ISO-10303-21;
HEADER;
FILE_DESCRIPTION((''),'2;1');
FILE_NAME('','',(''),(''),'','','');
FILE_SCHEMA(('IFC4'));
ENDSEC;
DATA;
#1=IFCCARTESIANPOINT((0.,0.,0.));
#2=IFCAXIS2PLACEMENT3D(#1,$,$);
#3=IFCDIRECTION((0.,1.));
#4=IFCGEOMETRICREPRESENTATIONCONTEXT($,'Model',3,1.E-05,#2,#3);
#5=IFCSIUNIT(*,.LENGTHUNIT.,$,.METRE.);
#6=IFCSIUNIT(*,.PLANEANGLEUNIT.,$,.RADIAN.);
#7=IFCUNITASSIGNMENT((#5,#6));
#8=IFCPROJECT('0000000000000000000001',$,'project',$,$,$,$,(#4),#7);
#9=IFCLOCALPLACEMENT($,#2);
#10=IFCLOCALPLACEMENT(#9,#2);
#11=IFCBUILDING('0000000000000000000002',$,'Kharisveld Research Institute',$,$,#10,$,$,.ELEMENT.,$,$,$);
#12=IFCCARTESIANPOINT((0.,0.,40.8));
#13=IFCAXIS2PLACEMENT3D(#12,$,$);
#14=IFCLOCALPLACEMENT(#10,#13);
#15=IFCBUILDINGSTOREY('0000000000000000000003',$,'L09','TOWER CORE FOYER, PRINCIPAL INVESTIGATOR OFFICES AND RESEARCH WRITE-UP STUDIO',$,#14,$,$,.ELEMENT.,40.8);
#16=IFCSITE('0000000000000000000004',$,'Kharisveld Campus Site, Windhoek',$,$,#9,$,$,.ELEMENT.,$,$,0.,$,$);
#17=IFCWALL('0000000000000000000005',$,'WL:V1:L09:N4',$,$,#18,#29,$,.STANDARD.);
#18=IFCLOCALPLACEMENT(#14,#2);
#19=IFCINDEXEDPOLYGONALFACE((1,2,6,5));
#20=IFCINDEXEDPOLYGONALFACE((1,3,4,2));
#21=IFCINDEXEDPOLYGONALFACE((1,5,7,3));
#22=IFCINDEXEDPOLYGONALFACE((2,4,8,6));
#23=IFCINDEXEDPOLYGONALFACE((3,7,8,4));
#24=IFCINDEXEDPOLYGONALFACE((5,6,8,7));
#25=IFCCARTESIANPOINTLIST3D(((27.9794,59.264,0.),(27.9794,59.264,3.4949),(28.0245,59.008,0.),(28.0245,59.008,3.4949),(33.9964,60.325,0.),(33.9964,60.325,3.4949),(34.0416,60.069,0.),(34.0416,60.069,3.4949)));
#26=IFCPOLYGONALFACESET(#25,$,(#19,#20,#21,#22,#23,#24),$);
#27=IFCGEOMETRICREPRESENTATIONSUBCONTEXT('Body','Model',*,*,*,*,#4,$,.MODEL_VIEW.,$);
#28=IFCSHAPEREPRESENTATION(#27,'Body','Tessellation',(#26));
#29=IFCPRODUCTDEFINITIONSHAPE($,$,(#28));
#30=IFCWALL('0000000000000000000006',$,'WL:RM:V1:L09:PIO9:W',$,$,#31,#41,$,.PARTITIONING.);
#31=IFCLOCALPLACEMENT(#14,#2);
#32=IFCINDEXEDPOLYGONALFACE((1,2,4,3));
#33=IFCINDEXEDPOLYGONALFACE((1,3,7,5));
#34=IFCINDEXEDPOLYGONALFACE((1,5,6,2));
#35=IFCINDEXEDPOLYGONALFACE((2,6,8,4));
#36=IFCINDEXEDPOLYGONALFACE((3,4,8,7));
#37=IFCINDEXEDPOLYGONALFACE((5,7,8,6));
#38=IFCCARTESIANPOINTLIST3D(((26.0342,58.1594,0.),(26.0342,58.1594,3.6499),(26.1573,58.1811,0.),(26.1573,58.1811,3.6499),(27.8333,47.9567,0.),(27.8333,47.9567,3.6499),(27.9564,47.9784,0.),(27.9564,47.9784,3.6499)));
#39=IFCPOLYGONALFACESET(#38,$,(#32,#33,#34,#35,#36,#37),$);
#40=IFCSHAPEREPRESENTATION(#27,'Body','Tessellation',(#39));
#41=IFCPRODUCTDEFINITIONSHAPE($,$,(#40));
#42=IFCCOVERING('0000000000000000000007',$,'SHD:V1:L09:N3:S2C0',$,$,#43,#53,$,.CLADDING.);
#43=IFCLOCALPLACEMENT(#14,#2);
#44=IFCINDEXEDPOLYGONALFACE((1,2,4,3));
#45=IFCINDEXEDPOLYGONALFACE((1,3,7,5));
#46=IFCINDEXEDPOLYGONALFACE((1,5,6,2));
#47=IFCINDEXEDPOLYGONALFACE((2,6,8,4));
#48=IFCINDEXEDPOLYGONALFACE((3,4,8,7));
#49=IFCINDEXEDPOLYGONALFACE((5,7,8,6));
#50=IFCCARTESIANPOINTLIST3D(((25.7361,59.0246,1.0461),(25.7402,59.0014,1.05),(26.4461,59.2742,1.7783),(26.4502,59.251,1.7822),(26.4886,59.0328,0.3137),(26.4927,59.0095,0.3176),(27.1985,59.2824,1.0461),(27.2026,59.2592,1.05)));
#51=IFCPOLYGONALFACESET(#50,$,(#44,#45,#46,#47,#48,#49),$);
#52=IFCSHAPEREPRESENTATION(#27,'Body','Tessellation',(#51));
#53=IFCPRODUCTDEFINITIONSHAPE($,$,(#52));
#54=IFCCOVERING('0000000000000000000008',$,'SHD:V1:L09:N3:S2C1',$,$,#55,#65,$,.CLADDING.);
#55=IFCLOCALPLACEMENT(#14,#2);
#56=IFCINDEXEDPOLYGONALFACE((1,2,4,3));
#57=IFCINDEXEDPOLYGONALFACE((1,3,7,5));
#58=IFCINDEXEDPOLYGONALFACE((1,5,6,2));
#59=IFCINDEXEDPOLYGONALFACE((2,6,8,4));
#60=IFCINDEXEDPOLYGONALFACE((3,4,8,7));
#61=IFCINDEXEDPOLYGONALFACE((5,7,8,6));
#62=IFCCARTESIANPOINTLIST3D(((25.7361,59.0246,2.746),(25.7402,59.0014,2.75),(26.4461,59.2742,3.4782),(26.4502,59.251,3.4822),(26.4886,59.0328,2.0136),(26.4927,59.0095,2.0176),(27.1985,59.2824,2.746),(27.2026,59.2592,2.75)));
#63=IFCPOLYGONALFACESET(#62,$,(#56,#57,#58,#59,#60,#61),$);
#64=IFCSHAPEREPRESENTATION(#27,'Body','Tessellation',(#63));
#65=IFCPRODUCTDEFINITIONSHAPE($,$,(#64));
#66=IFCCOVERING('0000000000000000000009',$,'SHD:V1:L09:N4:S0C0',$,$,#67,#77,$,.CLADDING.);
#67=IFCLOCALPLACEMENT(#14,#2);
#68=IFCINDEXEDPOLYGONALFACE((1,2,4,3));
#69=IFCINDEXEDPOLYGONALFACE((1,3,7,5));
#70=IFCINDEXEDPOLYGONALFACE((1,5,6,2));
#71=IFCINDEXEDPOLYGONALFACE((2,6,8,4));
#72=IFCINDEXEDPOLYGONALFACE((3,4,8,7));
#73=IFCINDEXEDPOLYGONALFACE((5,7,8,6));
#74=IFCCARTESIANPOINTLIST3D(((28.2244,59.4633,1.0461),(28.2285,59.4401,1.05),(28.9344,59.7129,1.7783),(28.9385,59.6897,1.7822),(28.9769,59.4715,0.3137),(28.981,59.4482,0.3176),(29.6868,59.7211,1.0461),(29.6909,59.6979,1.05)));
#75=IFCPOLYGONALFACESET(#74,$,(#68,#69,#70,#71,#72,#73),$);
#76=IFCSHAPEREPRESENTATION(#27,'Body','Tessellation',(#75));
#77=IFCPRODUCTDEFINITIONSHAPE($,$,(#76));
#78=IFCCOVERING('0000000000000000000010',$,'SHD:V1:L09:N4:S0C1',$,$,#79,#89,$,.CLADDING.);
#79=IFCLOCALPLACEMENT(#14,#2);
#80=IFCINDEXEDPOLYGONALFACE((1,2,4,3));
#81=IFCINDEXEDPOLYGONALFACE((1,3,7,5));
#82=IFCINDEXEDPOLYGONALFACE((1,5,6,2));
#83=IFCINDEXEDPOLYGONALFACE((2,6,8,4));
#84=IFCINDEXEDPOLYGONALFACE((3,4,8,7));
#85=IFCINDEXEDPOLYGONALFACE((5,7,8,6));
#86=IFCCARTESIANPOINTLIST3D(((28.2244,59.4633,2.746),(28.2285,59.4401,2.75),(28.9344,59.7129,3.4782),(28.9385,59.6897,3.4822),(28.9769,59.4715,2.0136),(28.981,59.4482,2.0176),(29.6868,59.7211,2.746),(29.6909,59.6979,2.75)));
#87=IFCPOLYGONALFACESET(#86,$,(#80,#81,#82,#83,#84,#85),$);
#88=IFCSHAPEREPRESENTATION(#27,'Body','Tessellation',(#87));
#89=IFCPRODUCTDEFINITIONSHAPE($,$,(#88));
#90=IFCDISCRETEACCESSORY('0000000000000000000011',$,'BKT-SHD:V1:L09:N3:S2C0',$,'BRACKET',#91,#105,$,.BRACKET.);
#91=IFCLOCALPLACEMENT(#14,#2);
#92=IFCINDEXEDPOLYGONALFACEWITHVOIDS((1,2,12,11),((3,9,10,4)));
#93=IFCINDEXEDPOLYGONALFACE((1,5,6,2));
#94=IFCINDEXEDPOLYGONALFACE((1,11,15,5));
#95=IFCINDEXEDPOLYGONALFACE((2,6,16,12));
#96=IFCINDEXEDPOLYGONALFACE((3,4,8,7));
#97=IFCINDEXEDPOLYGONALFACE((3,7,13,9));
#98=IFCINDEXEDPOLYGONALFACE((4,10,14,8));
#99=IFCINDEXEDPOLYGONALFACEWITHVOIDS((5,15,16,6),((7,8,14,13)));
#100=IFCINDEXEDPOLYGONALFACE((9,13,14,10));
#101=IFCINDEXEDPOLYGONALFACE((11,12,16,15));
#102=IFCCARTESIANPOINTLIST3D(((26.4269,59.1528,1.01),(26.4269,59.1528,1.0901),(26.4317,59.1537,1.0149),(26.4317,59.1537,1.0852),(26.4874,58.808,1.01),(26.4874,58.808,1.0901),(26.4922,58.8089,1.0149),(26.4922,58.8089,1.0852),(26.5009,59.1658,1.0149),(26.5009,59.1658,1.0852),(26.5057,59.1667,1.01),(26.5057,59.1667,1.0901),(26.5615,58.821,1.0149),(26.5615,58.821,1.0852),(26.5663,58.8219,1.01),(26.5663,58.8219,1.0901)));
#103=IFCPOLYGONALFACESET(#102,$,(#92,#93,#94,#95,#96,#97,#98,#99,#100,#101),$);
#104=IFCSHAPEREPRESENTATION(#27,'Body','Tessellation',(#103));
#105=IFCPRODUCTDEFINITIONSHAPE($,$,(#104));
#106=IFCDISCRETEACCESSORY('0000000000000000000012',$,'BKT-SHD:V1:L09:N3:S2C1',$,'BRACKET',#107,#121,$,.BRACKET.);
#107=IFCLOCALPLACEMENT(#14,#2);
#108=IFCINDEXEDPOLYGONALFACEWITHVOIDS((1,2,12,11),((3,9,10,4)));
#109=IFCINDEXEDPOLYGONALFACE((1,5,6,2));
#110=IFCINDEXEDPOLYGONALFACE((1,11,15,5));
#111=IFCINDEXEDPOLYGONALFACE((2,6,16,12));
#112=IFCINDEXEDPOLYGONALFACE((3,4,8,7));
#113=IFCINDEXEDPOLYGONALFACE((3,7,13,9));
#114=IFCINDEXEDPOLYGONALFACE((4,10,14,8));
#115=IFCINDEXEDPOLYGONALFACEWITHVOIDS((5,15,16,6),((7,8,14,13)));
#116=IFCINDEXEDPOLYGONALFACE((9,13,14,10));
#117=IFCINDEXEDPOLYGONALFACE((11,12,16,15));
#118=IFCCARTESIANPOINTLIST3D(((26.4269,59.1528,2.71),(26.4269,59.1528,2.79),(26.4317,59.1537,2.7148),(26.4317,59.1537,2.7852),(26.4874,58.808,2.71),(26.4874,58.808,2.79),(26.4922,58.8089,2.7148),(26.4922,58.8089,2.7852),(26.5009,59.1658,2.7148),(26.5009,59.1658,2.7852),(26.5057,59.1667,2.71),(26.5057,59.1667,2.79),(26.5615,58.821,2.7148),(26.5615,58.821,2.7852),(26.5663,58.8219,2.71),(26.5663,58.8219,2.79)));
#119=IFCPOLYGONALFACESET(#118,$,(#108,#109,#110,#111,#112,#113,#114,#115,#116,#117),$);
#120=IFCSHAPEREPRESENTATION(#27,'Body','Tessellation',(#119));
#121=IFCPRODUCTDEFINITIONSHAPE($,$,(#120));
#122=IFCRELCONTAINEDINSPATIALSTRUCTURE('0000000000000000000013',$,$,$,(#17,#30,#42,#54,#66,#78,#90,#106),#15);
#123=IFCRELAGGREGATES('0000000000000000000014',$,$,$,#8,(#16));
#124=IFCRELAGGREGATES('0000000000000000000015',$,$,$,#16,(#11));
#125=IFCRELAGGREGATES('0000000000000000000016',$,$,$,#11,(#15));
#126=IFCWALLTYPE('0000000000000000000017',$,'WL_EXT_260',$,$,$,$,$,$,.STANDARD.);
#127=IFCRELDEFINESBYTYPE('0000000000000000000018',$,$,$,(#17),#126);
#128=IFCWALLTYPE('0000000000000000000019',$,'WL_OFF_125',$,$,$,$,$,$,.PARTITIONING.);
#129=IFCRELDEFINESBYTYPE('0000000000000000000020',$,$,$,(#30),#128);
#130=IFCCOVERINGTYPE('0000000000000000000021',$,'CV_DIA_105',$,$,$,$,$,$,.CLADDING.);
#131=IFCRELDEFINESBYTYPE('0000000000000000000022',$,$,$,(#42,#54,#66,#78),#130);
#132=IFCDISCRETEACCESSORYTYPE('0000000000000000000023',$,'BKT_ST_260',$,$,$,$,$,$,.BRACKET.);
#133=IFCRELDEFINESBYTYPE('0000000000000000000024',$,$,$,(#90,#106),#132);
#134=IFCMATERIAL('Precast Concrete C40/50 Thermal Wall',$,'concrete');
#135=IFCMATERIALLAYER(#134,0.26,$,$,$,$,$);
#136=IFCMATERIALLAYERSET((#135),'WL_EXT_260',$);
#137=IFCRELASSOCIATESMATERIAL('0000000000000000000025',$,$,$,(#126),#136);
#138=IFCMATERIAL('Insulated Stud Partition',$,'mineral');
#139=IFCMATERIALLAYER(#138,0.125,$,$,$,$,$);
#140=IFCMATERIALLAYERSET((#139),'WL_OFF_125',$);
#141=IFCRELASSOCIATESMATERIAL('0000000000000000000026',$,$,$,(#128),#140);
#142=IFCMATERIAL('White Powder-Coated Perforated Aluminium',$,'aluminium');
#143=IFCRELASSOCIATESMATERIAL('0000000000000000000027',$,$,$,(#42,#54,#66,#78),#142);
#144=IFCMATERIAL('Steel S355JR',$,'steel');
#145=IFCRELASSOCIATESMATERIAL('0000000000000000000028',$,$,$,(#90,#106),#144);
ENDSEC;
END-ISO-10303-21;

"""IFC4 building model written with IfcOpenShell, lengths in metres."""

from ifc_helpers import new_model, si_unit, direction, frame, frame_2d, origin, origin_2d, place, context, subcontext, project, spatial, polyline, rectangle, hollow_rectangle, outline, extrude, material, layer, layer_set, type_object, element, save


model = new_model("IFC4")

# Units and contexts
model_context = context("Model", 3, precision=1e-05, world=origin(), true_north=direction((0.0, 1.0)))
body_context = subcontext(model_context, "Body", "Model", "MODEL_VIEW")
ifc_project = project(units=[si_unit("LENGTHUNIT", "METRE"), si_unit("PLANEANGLEUNIT", "RADIAN")], contexts=[model_context])

# Site, building, storey
site_placement = place(None, origin())
site = spatial("IfcSite", under=ifc_project, at=site_placement, Name="Kharisveld Campus Site, Windhoek", CompositionType="ELEMENT", RefElevation=0.0)
building_placement = place(site_placement, origin())
building = spatial("IfcBuilding", under=site, at=building_placement, Name="Kharisveld Research Institute", CompositionType="ELEMENT")
storey_placement = place(building_placement, frame((0.0, 0.0, 40.8)))
storey = spatial("IfcBuildingStorey", under=building, at=storey_placement, Name="L09", Description="TOWER CORE FOYER, PRINCIPAL INVESTIGATOR OFFICES AND RESEARCH WRITE-UP STUDIO", CompositionType="ELEMENT", Elevation=40.8)

# Walls
ifc_material_1 = material(Name="Precast Concrete C40/50 Thermal Wall", Category="concrete")
ifc_layer_1 = layer(ifc_material_1, 0.26)
ifc_layer_set_1 = layer_set([ifc_layer_1], Name="WL_EXT_260")
wall_type_1 = type_object("IfcWallType", Name="WL_EXT_260", PredefinedType="STANDARD", material=ifc_layer_set_1)
wall_1_placement = place(storey_placement, frame((28.002, 59.136, 0.0), z_axis=(0.0, 0.0, 1.0), x_axis=(0.984806, 0.173658, 0.0)))
element("IfcWall", 1, at=wall_1_placement, inside=storey, type_object=wall_type_1, Name="WL:V1:L09:N4", PredefinedType="STANDARD", context=body_context, shape_type="SweptSolid", body=[
    extrude(rectangle(XDim=6.1099, YDim=0.26, at=frame_2d((3.0549, 0.0))), origin(), (0.0, 0.0, 1.0), 3.4949),
])
ifc_material_2 = material(Name="Insulated Stud Partition", Category="mineral")
ifc_layer_2 = layer(ifc_material_2, 0.125)
ifc_layer_set_2 = layer_set([ifc_layer_2], Name="WL_OFF_125")
wall_type_2 = type_object("IfcWallType", Name="WL_OFF_125", PredefinedType="PARTITIONING", material=ifc_layer_set_2)
wall_2_placement = place(storey_placement, frame((26.0957, 58.1704, 0.0), z_axis=(0.0, 0.0, 1.0), x_axis=(0.173655, -0.984807, 0.0)))
element("IfcWall", 2, at=wall_2_placement, inside=storey, type_object=wall_type_2, Name="WL:RM:V1:L09:PIO9:W", PredefinedType="PARTITIONING", context=body_context, shape_type="SweptSolid", body=[
    extrude(rectangle(XDim=10.3601, YDim=0.125, at=frame_2d((5.1802, 0.0))), origin(), (0.0, 0.0, 1.0), 3.6499),
])

# Coverings
ifc_material_3 = material(Name="White Powder-Coated Perforated Aluminium", Category="aluminium")
covering_type = type_object("IfcCoveringType", Name="CV_DIA_105", PredefinedType="CLADDING")
for number, where, z_axis, x_axis, name in (
    (3, (26.4927, 59.0095, 0.3176), (0.171234, -0.971299, 0.165096), (0.676056, 0.237732, 0.697446), "SHD:V1:L09:N3:S2C0"),
    (4, (26.4927, 59.0095, 2.0176), (0.171234, -0.971299, 0.165096), (0.676056, 0.237732, 0.697446), "SHD:V1:L09:N3:S2C1"),
    (5, (28.981, 59.4482, 0.3176), (0.171234, -0.971299, 0.165096), (0.676056, 0.237732, 0.697446), "SHD:V1:L09:N4:S0C0"),
    (6, (28.981, 59.4482, 2.0176), (0.171234, -0.971299, 0.165096), (0.676056, 0.237732, 0.697446), "SHD:V1:L09:N4:S0C1"),
):
    element("IfcCovering", number, at=place(storey_placement, frame(where, z_axis=z_axis, x_axis=x_axis)), inside=storey, type_object=covering_type, material=ifc_material_3, Name=name, PredefinedType="CLADDING", context=body_context, shape_type="SweptSolid", body=[
        extrude(outline(polyline([(0.0, 0.0), (1.0501, 0.0), (1.0502, 1.0499), (0.0002, 1.0501), (0.0, 0.0)])), origin(), (0.0, 0.0, -1.0), 0.0239),
    ])

# Discrete accessories
ifc_material_4 = material(Name="Steel S355JR", Category="steel")
discrete_accessory_type = type_object("IfcDiscreteAccessoryType", Name="BKT_ST_260", PredefinedType="BRACKET")
for number, where, z_axis, x_axis, name in (
    (7, (26.5269, 58.8149, 1.05), (-0.172989, 0.984924, 0.0), (-0.984924, -0.172989, 0.0), "BKT-SHD:V1:L09:N3:S2C0"),
    (8, (26.5269, 58.8149, 2.75), (-0.172989, 0.984924, 0.0), (-0.984924, -0.172989, 0.0), "BKT-SHD:V1:L09:N3:S2C1"),
):
    element("IfcDiscreteAccessory", number, at=place(storey_placement, frame(where, z_axis=z_axis, x_axis=x_axis)), inside=storey, type_object=discrete_accessory_type, material=ifc_material_4, Name=name, ObjectType="BRACKET", PredefinedType="BRACKET", context=body_context, shape_type="SweptSolid", body=[
        extrude(hollow_rectangle(XDim=0.0801, YDim=0.0801, WallThickness=0.0049, at=origin_2d()), origin(), (0.0, 0.0, 1.0), 0.3501),
    ])

save(model, "model.ifc")
